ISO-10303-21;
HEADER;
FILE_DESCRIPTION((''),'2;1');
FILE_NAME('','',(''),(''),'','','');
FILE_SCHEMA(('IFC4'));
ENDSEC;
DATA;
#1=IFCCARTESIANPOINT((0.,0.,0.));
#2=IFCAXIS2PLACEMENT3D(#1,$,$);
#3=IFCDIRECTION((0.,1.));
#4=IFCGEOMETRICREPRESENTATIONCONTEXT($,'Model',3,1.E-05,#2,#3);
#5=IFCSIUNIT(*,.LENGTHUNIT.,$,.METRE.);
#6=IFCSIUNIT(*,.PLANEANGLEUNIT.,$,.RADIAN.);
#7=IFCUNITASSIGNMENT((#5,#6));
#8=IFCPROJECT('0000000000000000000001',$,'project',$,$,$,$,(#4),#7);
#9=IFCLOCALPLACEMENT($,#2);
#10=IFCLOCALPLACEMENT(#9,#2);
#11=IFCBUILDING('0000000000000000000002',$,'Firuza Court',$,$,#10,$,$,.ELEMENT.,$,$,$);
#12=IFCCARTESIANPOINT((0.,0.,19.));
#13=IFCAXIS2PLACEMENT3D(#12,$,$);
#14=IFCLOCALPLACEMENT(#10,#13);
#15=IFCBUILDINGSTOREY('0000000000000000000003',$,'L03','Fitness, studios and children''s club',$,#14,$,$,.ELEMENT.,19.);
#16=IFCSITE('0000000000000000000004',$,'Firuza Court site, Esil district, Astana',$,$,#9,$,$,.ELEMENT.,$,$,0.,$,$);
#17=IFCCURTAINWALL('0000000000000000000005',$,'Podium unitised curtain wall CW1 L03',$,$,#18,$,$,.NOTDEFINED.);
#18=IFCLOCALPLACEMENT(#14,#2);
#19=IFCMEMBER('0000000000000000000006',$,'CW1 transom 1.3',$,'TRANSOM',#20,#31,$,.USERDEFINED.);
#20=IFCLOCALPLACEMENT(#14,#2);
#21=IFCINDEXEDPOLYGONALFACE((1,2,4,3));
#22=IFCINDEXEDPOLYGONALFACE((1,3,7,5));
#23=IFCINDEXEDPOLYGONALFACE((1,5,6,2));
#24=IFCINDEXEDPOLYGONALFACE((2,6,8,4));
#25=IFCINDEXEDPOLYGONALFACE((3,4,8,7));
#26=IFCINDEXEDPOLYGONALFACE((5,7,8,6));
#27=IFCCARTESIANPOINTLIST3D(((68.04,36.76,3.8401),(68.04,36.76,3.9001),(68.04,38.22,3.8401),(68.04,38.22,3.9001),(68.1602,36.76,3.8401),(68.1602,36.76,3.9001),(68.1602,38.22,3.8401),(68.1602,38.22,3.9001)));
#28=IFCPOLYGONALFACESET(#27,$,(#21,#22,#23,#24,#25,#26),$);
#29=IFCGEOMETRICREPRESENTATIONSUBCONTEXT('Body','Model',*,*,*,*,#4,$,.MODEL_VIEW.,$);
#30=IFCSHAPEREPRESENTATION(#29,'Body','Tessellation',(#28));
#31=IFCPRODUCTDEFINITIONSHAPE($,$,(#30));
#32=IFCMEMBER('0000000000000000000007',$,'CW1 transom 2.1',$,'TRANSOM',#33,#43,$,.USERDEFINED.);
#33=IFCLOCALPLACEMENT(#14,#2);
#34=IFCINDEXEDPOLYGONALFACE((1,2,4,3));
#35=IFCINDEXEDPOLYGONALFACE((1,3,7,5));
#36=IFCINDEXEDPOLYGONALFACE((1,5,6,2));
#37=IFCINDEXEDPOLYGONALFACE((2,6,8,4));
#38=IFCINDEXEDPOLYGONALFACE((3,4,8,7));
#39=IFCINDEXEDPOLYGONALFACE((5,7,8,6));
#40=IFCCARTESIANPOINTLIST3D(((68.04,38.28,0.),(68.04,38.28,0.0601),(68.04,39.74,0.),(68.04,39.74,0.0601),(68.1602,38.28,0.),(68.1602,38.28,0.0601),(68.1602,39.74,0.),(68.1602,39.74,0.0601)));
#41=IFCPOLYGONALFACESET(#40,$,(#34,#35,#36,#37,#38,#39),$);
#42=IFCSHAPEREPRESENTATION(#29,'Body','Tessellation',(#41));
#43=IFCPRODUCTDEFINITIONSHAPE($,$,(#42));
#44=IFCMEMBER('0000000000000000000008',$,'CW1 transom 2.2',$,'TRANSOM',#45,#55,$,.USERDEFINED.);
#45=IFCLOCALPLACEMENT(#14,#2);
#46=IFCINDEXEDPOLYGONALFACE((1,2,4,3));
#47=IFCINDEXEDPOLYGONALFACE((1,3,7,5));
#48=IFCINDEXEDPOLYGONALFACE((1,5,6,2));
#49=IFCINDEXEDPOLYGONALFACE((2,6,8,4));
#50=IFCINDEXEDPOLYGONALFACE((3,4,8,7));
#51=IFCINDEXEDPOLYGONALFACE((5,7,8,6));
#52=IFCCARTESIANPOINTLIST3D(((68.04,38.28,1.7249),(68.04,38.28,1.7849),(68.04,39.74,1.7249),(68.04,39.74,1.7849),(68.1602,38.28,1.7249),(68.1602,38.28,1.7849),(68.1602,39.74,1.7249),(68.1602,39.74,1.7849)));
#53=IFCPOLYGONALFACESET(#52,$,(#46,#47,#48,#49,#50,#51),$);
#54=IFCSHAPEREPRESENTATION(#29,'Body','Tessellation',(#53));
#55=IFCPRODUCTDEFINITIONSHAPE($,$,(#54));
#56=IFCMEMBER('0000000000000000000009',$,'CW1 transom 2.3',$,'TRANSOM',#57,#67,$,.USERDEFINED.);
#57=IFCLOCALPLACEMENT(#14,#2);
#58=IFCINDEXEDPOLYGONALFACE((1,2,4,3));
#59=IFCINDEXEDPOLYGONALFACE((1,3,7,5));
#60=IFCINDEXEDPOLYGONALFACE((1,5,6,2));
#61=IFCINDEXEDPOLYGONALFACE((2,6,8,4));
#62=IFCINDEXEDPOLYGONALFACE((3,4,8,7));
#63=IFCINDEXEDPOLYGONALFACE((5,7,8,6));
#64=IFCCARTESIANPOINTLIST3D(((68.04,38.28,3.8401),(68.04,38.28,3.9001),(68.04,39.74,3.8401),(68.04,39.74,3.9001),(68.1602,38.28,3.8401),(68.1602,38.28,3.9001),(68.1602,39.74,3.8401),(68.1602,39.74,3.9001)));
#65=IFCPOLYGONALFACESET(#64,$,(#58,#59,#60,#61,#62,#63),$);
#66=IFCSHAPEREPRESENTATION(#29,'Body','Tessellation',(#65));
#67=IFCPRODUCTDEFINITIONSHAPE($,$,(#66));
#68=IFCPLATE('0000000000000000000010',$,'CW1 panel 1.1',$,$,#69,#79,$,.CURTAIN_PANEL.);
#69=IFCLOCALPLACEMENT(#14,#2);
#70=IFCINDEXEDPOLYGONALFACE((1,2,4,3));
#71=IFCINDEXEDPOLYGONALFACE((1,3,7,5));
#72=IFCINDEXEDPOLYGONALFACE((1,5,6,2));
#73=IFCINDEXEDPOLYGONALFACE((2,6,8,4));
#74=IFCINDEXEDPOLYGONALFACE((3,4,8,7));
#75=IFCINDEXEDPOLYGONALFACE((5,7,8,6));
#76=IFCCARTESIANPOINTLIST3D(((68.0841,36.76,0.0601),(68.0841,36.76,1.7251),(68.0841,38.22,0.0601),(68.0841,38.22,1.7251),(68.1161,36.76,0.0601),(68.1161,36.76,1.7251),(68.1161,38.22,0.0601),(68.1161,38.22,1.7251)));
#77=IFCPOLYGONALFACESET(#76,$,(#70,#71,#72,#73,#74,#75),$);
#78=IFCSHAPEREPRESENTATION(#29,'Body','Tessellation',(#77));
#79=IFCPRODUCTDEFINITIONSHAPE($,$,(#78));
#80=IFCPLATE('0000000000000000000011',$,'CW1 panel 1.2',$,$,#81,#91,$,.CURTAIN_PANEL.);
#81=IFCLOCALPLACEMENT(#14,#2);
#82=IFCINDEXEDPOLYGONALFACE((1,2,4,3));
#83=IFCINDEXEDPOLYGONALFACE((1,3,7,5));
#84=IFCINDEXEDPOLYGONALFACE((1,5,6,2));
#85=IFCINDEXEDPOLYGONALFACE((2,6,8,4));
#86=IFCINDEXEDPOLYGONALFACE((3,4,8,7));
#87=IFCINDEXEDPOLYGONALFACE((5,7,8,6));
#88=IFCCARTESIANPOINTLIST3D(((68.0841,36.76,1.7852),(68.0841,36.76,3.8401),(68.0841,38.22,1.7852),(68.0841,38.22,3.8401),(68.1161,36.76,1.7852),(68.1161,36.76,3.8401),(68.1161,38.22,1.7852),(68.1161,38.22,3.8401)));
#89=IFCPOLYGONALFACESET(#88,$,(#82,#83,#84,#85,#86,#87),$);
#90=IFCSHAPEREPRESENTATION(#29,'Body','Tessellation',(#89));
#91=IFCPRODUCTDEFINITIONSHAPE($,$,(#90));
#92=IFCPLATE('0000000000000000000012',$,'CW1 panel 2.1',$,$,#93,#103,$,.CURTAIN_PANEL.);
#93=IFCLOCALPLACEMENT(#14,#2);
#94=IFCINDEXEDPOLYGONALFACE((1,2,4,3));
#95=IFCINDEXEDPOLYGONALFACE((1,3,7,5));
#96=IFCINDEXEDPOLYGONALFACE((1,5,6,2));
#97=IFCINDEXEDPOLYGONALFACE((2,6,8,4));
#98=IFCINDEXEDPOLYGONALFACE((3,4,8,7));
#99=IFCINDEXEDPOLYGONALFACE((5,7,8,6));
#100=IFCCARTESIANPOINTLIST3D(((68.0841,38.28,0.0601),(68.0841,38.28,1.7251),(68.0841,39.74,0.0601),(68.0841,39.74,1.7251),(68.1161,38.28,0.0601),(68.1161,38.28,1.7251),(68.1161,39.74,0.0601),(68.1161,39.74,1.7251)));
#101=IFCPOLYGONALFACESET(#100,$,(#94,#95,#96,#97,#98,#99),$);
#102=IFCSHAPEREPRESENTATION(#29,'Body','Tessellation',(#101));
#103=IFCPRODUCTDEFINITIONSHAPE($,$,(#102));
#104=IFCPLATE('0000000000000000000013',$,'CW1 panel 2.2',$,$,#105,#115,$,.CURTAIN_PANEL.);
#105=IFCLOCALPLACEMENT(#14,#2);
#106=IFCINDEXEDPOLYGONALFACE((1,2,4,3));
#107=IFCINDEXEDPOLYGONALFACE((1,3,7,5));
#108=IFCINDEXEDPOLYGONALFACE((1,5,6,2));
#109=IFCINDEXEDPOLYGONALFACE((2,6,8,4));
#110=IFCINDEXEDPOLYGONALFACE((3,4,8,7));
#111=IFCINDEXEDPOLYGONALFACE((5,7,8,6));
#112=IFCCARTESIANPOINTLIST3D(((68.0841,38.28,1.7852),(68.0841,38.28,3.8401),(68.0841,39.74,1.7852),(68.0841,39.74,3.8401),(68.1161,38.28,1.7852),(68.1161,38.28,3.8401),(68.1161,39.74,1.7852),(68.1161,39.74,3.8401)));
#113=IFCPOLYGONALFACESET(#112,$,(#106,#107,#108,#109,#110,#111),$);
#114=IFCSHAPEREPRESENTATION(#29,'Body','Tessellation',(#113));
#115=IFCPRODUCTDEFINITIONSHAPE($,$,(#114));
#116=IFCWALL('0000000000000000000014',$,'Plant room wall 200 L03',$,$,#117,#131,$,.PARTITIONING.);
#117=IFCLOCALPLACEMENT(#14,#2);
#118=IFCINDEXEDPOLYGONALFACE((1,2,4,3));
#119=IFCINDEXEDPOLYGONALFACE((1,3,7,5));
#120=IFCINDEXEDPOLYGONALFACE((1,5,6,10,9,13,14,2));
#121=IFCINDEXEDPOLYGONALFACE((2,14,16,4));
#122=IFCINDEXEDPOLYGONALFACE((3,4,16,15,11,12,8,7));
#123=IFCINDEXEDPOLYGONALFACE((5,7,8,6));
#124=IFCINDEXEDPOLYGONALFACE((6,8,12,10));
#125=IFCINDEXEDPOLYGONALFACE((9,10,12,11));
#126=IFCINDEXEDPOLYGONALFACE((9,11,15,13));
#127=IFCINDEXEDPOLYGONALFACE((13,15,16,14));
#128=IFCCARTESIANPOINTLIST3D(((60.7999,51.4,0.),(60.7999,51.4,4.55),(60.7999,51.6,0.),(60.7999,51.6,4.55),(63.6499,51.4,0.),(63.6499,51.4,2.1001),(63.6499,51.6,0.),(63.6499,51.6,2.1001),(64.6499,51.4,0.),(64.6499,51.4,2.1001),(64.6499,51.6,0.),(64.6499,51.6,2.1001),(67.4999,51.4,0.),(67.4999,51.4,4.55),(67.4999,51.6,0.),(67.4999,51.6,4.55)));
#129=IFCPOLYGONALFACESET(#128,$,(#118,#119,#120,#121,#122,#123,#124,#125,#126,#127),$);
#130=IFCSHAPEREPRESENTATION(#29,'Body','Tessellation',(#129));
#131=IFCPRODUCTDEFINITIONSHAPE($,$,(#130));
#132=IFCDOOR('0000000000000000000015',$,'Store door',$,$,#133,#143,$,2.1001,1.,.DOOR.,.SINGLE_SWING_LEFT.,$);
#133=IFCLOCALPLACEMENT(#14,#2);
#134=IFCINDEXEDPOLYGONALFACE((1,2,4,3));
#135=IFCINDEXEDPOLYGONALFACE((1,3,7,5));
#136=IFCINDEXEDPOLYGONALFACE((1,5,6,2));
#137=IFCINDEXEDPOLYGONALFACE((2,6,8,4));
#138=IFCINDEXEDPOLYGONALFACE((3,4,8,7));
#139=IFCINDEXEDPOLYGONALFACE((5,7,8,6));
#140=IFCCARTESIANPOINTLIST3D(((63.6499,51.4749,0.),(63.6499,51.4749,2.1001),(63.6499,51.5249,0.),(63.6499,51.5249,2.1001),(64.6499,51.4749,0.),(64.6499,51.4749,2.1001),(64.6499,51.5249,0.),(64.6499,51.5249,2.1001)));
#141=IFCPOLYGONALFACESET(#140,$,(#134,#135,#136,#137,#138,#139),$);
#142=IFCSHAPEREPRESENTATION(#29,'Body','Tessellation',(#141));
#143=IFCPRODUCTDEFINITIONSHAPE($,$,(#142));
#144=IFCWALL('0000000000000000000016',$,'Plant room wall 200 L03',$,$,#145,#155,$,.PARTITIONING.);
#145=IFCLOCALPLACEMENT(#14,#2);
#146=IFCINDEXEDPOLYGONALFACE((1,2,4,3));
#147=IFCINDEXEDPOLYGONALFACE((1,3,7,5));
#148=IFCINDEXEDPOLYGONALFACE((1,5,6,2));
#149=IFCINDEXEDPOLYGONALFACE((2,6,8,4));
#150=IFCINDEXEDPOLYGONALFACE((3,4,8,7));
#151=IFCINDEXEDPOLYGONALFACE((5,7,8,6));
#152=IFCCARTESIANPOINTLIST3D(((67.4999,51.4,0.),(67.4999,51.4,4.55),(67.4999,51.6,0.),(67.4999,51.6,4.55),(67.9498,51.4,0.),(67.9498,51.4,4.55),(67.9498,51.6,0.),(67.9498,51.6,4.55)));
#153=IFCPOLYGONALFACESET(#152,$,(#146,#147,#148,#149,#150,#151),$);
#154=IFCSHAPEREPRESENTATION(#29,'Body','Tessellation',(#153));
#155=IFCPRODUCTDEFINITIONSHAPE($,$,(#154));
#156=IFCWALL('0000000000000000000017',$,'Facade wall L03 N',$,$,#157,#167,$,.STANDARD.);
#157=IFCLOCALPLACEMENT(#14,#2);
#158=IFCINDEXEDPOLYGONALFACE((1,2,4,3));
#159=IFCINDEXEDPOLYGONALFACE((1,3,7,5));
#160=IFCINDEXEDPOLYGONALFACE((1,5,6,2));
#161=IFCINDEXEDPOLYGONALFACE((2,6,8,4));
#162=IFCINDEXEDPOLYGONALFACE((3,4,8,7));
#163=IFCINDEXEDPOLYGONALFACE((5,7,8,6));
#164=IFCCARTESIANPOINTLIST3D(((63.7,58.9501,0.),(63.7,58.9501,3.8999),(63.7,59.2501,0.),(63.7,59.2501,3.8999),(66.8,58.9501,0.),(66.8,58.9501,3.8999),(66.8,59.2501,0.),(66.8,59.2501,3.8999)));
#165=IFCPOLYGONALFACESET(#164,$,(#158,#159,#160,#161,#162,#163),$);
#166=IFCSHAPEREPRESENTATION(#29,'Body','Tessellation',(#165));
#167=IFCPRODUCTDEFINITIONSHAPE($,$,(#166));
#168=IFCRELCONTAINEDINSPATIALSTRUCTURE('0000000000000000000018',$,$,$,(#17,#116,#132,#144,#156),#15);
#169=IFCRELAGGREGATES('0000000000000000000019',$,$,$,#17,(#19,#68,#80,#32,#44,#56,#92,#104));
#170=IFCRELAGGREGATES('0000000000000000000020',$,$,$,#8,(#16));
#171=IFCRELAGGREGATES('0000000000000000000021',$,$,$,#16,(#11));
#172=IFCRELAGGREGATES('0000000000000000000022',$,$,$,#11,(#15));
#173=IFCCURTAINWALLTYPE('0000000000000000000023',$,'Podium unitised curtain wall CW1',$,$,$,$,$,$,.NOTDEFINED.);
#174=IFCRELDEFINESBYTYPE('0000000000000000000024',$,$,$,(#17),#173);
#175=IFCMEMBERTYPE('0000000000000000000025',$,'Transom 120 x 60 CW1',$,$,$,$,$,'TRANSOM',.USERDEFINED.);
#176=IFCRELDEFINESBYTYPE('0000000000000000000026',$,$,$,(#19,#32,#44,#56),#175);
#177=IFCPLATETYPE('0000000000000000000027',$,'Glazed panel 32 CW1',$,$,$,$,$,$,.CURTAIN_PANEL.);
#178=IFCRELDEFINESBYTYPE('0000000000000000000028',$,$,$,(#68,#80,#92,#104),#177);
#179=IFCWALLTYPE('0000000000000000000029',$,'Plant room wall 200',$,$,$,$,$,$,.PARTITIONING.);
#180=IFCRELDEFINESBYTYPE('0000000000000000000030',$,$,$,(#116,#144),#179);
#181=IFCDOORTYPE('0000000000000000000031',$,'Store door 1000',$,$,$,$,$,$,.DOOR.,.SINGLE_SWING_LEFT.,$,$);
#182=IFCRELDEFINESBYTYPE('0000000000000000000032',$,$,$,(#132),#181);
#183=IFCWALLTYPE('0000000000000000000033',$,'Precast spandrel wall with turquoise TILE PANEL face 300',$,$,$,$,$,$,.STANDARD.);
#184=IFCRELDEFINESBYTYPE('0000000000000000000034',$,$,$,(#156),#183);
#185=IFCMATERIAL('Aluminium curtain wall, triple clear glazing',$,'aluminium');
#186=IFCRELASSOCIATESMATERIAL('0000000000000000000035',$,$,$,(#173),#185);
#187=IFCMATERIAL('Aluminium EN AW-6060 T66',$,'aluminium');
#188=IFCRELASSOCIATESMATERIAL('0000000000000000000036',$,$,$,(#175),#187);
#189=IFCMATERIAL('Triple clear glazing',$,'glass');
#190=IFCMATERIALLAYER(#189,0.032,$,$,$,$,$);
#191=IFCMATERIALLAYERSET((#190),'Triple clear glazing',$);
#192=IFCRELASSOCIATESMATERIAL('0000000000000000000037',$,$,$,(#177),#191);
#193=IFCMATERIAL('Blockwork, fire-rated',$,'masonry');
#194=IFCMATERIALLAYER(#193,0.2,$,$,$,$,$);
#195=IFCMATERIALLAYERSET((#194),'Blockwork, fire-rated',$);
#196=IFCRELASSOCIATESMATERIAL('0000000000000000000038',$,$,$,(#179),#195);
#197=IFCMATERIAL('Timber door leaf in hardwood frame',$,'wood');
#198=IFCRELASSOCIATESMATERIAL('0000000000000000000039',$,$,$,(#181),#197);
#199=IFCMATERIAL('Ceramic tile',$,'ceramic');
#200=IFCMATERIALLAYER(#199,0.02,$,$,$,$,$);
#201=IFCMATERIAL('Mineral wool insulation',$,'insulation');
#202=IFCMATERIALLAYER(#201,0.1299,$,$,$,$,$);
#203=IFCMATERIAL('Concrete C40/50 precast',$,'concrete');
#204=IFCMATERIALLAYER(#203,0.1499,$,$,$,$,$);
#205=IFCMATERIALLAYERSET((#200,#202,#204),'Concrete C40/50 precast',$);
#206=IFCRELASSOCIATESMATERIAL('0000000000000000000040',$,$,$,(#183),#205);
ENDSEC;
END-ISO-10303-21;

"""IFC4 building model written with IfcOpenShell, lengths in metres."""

from ifc_helpers import new_model, si_unit, direction, frame, frame_2d, origin, origin_2d, place, context, subcontext, project, spatial, rectangle, extrude, material, layer, layer_set, material_profile, profile_set, type_object, element, fill, aggregate, save


model = new_model("IFC4")

# Units and contexts
model_context = context("Model", 3, precision=1e-05, world=origin(), true_north=direction((0.0, 1.0)))
body_context = subcontext(model_context, "Body", "Model", "MODEL_VIEW")
ifc_project = project(units=[si_unit("LENGTHUNIT", "METRE"), si_unit("PLANEANGLEUNIT", "RADIAN")], contexts=[model_context])

# Site, building, storey
site_placement = place(None, origin())
site = spatial("IfcSite", under=ifc_project, at=site_placement, Name="Firuza Court site, Esil district, Astana", CompositionType="ELEMENT", RefElevation=0.0)
building_placement = place(site_placement, origin())
building = spatial("IfcBuilding", under=site, at=building_placement, Name="Firuza Court", CompositionType="ELEMENT")
storey_placement = place(building_placement, frame((0.0, 0.0, 19.0)))
storey = spatial("IfcBuildingStorey", under=building, at=storey_placement, Name="L03", Description="Fitness, studios and children's club", CompositionType="ELEMENT", Elevation=19.0)

# Curtain wall
ifc_material_1 = material(Name="Aluminium curtain wall, triple clear glazing", Category="aluminium")
curtain_wall_type = type_object("IfcCurtainWallType", Name="Podium unitised curtain wall CW1", PredefinedType="NOTDEFINED", material=ifc_material_1)
curtain_wall_placement = place(storey_placement, origin())
curtain_wall = element("IfcCurtainWall", 1, at=curtain_wall_placement, inside=storey, type_object=curtain_wall_type, Name="Podium unitised curtain wall CW1 L03", PredefinedType="NOTDEFINED")

# Members
ifc_material_2 = material(Name="Aluminium EN AW-6060 T66", Category="aluminium")
ifc_material_profile_1 = material_profile(ifc_material_2, rectangle(XDim=0.1201, YDim=0.0601, at=origin_2d()), Name="Transom 120 x 60 CW1")
ifc_profile_set_1 = profile_set([ifc_material_profile_1], Name="Aluminium EN AW-6060 T66")
member_type_1 = type_object("IfcMemberType", Name="Transom 120 x 60 CW1", ElementType="TRANSOM", PredefinedType="USERDEFINED", material=ifc_profile_set_1)
member_1_placement = place(storey_placement, frame((68.1001, 36.76, 3.8701), z_axis=(0.0, 1.0, 0.0), x_axis=(-1.0, 0.0, 0.0)))
member_1 = element("IfcMember", 2, at=member_1_placement, type_object=member_type_1, Name="CW1 transom 1.3", ObjectType="TRANSOM", PredefinedType="USERDEFINED", context=body_context, shape_type="SweptSolid", body=[
    extrude(rectangle(XDim=0.1201, YDim=0.0601, at=origin_2d()), origin(), (0.0, 0.0, 1.0), 1.46),
])
member_2_placement = place(storey_placement, frame((68.1001, 38.28, 0.03), z_axis=(0.0, 1.0, 0.0), x_axis=(-1.0, 0.0, 0.0)))
member_2 = element("IfcMember", 3, at=member_2_placement, type_object=member_type_1, Name="CW1 transom 2.1", ObjectType="TRANSOM", PredefinedType="USERDEFINED", context=body_context, shape_type="SweptSolid", body=[
    extrude(rectangle(XDim=0.1201, YDim=0.0601, at=origin_2d()), origin(), (0.0, 0.0, 1.0), 1.46),
])
member_3_placement = place(storey_placement, frame((68.1001, 38.28, 1.7549), z_axis=(0.0, 1.0, 0.0), x_axis=(-1.0, 0.0, 0.0)))
member_3 = element("IfcMember", 4, at=member_3_placement, type_object=member_type_1, Name="CW1 transom 2.2", ObjectType="TRANSOM", PredefinedType="USERDEFINED", context=body_context, shape_type="SweptSolid", body=[
    extrude(rectangle(XDim=0.1201, YDim=0.0601, at=origin_2d()), origin(), (0.0, 0.0, 1.0), 1.46),
])
member_4_placement = place(storey_placement, frame((68.1001, 38.28, 3.8701), z_axis=(0.0, 1.0, 0.0), x_axis=(-1.0, 0.0, 0.0)))
member_4 = element("IfcMember", 5, at=member_4_placement, type_object=member_type_1, Name="CW1 transom 2.3", ObjectType="TRANSOM", PredefinedType="USERDEFINED", context=body_context, shape_type="SweptSolid", body=[
    extrude(rectangle(XDim=0.1201, YDim=0.0601, at=origin_2d()), origin(), (0.0, 0.0, 1.0), 1.46),
])

# Plates
ifc_material_3 = material(Name="Triple clear glazing", Category="glass")
ifc_layer_1 = layer(ifc_material_3, 0.032)
ifc_layer_set_1 = layer_set([ifc_layer_1], Name="Triple clear glazing")
plate_type = type_object("IfcPlateType", Name="Glazed panel 32 CW1", PredefinedType="CURTAIN_PANEL", material=ifc_layer_set_1)
plate_1_placement = place(storey_placement, frame((68.1001, 37.49, 0.0601), z_axis=(0.0, 0.0, 1.0), x_axis=(0.0, 1.0, 0.0)))
plate_1 = element("IfcPlate", 6, at=plate_1_placement, type_object=plate_type, Name="CW1 panel 1.1", PredefinedType="CURTAIN_PANEL", context=body_context, shape_type="SweptSolid", body=[
    extrude(rectangle(XDim=1.46, YDim=0.032, at=origin_2d()), origin(), (0.0, 0.0, 1.0), 1.665),
])
plate_2_placement = place(storey_placement, frame((68.1001, 37.49, 1.7852), z_axis=(0.0, 0.0, 1.0), x_axis=(0.0, 1.0, 0.0)))
plate_2 = element("IfcPlate", 7, at=plate_2_placement, type_object=plate_type, Name="CW1 panel 1.2", PredefinedType="CURTAIN_PANEL", context=body_context, shape_type="SweptSolid", body=[
    extrude(rectangle(XDim=1.46, YDim=0.032, at=origin_2d()), origin(), (0.0, 0.0, 1.0), 2.0549),
])
plate_3_placement = place(storey_placement, frame((68.1001, 39.01, 0.0601), z_axis=(0.0, 0.0, 1.0), x_axis=(0.0, 1.0, 0.0)))
plate_3 = element("IfcPlate", 8, at=plate_3_placement, type_object=plate_type, Name="CW1 panel 2.1", PredefinedType="CURTAIN_PANEL", context=body_context, shape_type="SweptSolid", body=[
    extrude(rectangle(XDim=1.46, YDim=0.032, at=origin_2d()), origin(), (0.0, 0.0, 1.0), 1.665),
])
plate_4_placement = place(storey_placement, frame((68.1001, 39.01, 1.7852), z_axis=(0.0, 0.0, 1.0), x_axis=(0.0, 1.0, 0.0)))
plate_4 = element("IfcPlate", 9, at=plate_4_placement, type_object=plate_type, Name="CW1 panel 2.2", PredefinedType="CURTAIN_PANEL", context=body_context, shape_type="SweptSolid", body=[
    extrude(rectangle(XDim=1.46, YDim=0.032, at=origin_2d()), origin(), (0.0, 0.0, 1.0), 2.0549),
])
aggregate(curtain_wall, [member_1, plate_1, plate_2, member_2, member_3, member_4, plate_3, plate_4])

# Wall, opening, door
ifc_material_4 = material(Name="Blockwork, fire-rated", Category="masonry")
ifc_layer_2 = layer(ifc_material_4, 0.2)
ifc_layer_set_2 = layer_set([ifc_layer_2], Name="Blockwork, fire-rated")
wall_type_1 = type_object("IfcWallType", Name="Plant room wall 200", PredefinedType="PARTITIONING", material=ifc_layer_set_2)
wall_1_placement = place(storey_placement, frame((67.5, 51.5, 0.0), z_axis=(0.0, 0.0, 1.0), x_axis=(-1.0, 0.0, 0.0)))
wall_1 = element("IfcWall", 10, at=wall_1_placement, inside=storey, type_object=wall_type_1, Name="Plant room wall 200 L03", PredefinedType="PARTITIONING", context=body_context, shape_type="SweptSolid", body=[
    extrude(rectangle(XDim=6.7, YDim=0.2, at=frame_2d((3.3501, 0.0))), origin(), (0.0, 0.0, 1.0), 4.55),
])
opening_placement = place(wall_1_placement, frame((2.8501, 0.0, 0.0)))
opening = element("IfcOpeningElement", 11, at=opening_placement, cuts=wall_1, PredefinedType="OPENING", context=body_context, shape_type="SweptSolid", body=[
    extrude(rectangle(XDim=1.0, YDim=2.1001, at=frame_2d((0.5, 1.05))), frame((0.0, 0.1118, 0.0), z_axis=(0.0, -1.0, 0.0), x_axis=(1.0, 0.0, 0.0)), (0.0, 0.0, 1.0), 0.2239),
])
ifc_material_5 = material(Name="Timber door leaf in hardwood frame", Category="wood")
door_type = type_object("IfcDoorType", Name="Store door 1000", OperationType="SINGLE_SWING_LEFT", PredefinedType="DOOR", material=ifc_material_5)
door_placement = place(opening_placement, frame((1.0, 0.0, 0.0), z_axis=(0.0, 0.0, 1.0), x_axis=(-1.0, 0.0, 0.0)))
door = element("IfcDoor", 12, at=door_placement, inside=storey, type_object=door_type, Name="Store door", OperationType="SINGLE_SWING_LEFT", OverallHeight=2.1001, OverallWidth=1.0, PredefinedType="DOOR", context=body_context, shape_type="SweptSolid", body=[
    extrude(rectangle(XDim=1.0, YDim=2.1001, at=frame_2d((0.5, 1.05))), frame((0.0, 0.0249, 0.0), z_axis=(0.0, -1.0, 0.0), x_axis=(1.0, 0.0, 0.0)), (0.0, 0.0, 1.0), 0.05),
])
fill(opening, door)

# Walls
wall_2_placement = place(storey_placement, frame((67.95, 51.5, 0.0), z_axis=(0.0, 0.0, 1.0), x_axis=(-1.0, 0.0, 0.0)))
element("IfcWall", 13, at=wall_2_placement, inside=storey, type_object=wall_type_1, Name="Plant room wall 200 L03", PredefinedType="PARTITIONING", context=body_context, shape_type="SweptSolid", body=[
    extrude(rectangle(XDim=0.45, YDim=0.2, at=frame_2d((0.2251, 0.0))), origin(), (0.0, 0.0, 1.0), 4.55),
])
ifc_material_6 = material(Name="Ceramic tile", Category="ceramic")
ifc_layer_3 = layer(ifc_material_6, 0.02)
ifc_material_7 = material(Name="Mineral wool insulation", Category="insulation")
ifc_layer_4 = layer(ifc_material_7, 0.1299)
ifc_material_8 = material(Name="Concrete C40/50 precast", Category="concrete")
ifc_layer_5 = layer(ifc_material_8, 0.1499)
ifc_layer_set_3 = layer_set([ifc_layer_3, ifc_layer_4, ifc_layer_5], Name="Concrete C40/50 precast")
wall_type_2 = type_object("IfcWallType", Name="Precast spandrel wall with turquoise TILE PANEL face 300", PredefinedType="STANDARD", material=ifc_layer_set_3)
wall_3_placement = place(storey_placement, frame((66.8, 59.1001, 0.0), z_axis=(0.0, 0.0, 1.0), x_axis=(-1.0, 0.0, 0.0)))
element("IfcWall", 14, at=wall_3_placement, inside=storey, type_object=wall_type_2, Name="Facade wall L03 N", PredefinedType="STANDARD", context=body_context, shape_type="SweptSolid", body=[
    extrude(rectangle(XDim=3.1001, YDim=0.3, at=frame_2d((1.55, 0.0))), origin(), (0.0, 0.0, 1.0), 3.8999),
])

save(model, "model.ifc")
